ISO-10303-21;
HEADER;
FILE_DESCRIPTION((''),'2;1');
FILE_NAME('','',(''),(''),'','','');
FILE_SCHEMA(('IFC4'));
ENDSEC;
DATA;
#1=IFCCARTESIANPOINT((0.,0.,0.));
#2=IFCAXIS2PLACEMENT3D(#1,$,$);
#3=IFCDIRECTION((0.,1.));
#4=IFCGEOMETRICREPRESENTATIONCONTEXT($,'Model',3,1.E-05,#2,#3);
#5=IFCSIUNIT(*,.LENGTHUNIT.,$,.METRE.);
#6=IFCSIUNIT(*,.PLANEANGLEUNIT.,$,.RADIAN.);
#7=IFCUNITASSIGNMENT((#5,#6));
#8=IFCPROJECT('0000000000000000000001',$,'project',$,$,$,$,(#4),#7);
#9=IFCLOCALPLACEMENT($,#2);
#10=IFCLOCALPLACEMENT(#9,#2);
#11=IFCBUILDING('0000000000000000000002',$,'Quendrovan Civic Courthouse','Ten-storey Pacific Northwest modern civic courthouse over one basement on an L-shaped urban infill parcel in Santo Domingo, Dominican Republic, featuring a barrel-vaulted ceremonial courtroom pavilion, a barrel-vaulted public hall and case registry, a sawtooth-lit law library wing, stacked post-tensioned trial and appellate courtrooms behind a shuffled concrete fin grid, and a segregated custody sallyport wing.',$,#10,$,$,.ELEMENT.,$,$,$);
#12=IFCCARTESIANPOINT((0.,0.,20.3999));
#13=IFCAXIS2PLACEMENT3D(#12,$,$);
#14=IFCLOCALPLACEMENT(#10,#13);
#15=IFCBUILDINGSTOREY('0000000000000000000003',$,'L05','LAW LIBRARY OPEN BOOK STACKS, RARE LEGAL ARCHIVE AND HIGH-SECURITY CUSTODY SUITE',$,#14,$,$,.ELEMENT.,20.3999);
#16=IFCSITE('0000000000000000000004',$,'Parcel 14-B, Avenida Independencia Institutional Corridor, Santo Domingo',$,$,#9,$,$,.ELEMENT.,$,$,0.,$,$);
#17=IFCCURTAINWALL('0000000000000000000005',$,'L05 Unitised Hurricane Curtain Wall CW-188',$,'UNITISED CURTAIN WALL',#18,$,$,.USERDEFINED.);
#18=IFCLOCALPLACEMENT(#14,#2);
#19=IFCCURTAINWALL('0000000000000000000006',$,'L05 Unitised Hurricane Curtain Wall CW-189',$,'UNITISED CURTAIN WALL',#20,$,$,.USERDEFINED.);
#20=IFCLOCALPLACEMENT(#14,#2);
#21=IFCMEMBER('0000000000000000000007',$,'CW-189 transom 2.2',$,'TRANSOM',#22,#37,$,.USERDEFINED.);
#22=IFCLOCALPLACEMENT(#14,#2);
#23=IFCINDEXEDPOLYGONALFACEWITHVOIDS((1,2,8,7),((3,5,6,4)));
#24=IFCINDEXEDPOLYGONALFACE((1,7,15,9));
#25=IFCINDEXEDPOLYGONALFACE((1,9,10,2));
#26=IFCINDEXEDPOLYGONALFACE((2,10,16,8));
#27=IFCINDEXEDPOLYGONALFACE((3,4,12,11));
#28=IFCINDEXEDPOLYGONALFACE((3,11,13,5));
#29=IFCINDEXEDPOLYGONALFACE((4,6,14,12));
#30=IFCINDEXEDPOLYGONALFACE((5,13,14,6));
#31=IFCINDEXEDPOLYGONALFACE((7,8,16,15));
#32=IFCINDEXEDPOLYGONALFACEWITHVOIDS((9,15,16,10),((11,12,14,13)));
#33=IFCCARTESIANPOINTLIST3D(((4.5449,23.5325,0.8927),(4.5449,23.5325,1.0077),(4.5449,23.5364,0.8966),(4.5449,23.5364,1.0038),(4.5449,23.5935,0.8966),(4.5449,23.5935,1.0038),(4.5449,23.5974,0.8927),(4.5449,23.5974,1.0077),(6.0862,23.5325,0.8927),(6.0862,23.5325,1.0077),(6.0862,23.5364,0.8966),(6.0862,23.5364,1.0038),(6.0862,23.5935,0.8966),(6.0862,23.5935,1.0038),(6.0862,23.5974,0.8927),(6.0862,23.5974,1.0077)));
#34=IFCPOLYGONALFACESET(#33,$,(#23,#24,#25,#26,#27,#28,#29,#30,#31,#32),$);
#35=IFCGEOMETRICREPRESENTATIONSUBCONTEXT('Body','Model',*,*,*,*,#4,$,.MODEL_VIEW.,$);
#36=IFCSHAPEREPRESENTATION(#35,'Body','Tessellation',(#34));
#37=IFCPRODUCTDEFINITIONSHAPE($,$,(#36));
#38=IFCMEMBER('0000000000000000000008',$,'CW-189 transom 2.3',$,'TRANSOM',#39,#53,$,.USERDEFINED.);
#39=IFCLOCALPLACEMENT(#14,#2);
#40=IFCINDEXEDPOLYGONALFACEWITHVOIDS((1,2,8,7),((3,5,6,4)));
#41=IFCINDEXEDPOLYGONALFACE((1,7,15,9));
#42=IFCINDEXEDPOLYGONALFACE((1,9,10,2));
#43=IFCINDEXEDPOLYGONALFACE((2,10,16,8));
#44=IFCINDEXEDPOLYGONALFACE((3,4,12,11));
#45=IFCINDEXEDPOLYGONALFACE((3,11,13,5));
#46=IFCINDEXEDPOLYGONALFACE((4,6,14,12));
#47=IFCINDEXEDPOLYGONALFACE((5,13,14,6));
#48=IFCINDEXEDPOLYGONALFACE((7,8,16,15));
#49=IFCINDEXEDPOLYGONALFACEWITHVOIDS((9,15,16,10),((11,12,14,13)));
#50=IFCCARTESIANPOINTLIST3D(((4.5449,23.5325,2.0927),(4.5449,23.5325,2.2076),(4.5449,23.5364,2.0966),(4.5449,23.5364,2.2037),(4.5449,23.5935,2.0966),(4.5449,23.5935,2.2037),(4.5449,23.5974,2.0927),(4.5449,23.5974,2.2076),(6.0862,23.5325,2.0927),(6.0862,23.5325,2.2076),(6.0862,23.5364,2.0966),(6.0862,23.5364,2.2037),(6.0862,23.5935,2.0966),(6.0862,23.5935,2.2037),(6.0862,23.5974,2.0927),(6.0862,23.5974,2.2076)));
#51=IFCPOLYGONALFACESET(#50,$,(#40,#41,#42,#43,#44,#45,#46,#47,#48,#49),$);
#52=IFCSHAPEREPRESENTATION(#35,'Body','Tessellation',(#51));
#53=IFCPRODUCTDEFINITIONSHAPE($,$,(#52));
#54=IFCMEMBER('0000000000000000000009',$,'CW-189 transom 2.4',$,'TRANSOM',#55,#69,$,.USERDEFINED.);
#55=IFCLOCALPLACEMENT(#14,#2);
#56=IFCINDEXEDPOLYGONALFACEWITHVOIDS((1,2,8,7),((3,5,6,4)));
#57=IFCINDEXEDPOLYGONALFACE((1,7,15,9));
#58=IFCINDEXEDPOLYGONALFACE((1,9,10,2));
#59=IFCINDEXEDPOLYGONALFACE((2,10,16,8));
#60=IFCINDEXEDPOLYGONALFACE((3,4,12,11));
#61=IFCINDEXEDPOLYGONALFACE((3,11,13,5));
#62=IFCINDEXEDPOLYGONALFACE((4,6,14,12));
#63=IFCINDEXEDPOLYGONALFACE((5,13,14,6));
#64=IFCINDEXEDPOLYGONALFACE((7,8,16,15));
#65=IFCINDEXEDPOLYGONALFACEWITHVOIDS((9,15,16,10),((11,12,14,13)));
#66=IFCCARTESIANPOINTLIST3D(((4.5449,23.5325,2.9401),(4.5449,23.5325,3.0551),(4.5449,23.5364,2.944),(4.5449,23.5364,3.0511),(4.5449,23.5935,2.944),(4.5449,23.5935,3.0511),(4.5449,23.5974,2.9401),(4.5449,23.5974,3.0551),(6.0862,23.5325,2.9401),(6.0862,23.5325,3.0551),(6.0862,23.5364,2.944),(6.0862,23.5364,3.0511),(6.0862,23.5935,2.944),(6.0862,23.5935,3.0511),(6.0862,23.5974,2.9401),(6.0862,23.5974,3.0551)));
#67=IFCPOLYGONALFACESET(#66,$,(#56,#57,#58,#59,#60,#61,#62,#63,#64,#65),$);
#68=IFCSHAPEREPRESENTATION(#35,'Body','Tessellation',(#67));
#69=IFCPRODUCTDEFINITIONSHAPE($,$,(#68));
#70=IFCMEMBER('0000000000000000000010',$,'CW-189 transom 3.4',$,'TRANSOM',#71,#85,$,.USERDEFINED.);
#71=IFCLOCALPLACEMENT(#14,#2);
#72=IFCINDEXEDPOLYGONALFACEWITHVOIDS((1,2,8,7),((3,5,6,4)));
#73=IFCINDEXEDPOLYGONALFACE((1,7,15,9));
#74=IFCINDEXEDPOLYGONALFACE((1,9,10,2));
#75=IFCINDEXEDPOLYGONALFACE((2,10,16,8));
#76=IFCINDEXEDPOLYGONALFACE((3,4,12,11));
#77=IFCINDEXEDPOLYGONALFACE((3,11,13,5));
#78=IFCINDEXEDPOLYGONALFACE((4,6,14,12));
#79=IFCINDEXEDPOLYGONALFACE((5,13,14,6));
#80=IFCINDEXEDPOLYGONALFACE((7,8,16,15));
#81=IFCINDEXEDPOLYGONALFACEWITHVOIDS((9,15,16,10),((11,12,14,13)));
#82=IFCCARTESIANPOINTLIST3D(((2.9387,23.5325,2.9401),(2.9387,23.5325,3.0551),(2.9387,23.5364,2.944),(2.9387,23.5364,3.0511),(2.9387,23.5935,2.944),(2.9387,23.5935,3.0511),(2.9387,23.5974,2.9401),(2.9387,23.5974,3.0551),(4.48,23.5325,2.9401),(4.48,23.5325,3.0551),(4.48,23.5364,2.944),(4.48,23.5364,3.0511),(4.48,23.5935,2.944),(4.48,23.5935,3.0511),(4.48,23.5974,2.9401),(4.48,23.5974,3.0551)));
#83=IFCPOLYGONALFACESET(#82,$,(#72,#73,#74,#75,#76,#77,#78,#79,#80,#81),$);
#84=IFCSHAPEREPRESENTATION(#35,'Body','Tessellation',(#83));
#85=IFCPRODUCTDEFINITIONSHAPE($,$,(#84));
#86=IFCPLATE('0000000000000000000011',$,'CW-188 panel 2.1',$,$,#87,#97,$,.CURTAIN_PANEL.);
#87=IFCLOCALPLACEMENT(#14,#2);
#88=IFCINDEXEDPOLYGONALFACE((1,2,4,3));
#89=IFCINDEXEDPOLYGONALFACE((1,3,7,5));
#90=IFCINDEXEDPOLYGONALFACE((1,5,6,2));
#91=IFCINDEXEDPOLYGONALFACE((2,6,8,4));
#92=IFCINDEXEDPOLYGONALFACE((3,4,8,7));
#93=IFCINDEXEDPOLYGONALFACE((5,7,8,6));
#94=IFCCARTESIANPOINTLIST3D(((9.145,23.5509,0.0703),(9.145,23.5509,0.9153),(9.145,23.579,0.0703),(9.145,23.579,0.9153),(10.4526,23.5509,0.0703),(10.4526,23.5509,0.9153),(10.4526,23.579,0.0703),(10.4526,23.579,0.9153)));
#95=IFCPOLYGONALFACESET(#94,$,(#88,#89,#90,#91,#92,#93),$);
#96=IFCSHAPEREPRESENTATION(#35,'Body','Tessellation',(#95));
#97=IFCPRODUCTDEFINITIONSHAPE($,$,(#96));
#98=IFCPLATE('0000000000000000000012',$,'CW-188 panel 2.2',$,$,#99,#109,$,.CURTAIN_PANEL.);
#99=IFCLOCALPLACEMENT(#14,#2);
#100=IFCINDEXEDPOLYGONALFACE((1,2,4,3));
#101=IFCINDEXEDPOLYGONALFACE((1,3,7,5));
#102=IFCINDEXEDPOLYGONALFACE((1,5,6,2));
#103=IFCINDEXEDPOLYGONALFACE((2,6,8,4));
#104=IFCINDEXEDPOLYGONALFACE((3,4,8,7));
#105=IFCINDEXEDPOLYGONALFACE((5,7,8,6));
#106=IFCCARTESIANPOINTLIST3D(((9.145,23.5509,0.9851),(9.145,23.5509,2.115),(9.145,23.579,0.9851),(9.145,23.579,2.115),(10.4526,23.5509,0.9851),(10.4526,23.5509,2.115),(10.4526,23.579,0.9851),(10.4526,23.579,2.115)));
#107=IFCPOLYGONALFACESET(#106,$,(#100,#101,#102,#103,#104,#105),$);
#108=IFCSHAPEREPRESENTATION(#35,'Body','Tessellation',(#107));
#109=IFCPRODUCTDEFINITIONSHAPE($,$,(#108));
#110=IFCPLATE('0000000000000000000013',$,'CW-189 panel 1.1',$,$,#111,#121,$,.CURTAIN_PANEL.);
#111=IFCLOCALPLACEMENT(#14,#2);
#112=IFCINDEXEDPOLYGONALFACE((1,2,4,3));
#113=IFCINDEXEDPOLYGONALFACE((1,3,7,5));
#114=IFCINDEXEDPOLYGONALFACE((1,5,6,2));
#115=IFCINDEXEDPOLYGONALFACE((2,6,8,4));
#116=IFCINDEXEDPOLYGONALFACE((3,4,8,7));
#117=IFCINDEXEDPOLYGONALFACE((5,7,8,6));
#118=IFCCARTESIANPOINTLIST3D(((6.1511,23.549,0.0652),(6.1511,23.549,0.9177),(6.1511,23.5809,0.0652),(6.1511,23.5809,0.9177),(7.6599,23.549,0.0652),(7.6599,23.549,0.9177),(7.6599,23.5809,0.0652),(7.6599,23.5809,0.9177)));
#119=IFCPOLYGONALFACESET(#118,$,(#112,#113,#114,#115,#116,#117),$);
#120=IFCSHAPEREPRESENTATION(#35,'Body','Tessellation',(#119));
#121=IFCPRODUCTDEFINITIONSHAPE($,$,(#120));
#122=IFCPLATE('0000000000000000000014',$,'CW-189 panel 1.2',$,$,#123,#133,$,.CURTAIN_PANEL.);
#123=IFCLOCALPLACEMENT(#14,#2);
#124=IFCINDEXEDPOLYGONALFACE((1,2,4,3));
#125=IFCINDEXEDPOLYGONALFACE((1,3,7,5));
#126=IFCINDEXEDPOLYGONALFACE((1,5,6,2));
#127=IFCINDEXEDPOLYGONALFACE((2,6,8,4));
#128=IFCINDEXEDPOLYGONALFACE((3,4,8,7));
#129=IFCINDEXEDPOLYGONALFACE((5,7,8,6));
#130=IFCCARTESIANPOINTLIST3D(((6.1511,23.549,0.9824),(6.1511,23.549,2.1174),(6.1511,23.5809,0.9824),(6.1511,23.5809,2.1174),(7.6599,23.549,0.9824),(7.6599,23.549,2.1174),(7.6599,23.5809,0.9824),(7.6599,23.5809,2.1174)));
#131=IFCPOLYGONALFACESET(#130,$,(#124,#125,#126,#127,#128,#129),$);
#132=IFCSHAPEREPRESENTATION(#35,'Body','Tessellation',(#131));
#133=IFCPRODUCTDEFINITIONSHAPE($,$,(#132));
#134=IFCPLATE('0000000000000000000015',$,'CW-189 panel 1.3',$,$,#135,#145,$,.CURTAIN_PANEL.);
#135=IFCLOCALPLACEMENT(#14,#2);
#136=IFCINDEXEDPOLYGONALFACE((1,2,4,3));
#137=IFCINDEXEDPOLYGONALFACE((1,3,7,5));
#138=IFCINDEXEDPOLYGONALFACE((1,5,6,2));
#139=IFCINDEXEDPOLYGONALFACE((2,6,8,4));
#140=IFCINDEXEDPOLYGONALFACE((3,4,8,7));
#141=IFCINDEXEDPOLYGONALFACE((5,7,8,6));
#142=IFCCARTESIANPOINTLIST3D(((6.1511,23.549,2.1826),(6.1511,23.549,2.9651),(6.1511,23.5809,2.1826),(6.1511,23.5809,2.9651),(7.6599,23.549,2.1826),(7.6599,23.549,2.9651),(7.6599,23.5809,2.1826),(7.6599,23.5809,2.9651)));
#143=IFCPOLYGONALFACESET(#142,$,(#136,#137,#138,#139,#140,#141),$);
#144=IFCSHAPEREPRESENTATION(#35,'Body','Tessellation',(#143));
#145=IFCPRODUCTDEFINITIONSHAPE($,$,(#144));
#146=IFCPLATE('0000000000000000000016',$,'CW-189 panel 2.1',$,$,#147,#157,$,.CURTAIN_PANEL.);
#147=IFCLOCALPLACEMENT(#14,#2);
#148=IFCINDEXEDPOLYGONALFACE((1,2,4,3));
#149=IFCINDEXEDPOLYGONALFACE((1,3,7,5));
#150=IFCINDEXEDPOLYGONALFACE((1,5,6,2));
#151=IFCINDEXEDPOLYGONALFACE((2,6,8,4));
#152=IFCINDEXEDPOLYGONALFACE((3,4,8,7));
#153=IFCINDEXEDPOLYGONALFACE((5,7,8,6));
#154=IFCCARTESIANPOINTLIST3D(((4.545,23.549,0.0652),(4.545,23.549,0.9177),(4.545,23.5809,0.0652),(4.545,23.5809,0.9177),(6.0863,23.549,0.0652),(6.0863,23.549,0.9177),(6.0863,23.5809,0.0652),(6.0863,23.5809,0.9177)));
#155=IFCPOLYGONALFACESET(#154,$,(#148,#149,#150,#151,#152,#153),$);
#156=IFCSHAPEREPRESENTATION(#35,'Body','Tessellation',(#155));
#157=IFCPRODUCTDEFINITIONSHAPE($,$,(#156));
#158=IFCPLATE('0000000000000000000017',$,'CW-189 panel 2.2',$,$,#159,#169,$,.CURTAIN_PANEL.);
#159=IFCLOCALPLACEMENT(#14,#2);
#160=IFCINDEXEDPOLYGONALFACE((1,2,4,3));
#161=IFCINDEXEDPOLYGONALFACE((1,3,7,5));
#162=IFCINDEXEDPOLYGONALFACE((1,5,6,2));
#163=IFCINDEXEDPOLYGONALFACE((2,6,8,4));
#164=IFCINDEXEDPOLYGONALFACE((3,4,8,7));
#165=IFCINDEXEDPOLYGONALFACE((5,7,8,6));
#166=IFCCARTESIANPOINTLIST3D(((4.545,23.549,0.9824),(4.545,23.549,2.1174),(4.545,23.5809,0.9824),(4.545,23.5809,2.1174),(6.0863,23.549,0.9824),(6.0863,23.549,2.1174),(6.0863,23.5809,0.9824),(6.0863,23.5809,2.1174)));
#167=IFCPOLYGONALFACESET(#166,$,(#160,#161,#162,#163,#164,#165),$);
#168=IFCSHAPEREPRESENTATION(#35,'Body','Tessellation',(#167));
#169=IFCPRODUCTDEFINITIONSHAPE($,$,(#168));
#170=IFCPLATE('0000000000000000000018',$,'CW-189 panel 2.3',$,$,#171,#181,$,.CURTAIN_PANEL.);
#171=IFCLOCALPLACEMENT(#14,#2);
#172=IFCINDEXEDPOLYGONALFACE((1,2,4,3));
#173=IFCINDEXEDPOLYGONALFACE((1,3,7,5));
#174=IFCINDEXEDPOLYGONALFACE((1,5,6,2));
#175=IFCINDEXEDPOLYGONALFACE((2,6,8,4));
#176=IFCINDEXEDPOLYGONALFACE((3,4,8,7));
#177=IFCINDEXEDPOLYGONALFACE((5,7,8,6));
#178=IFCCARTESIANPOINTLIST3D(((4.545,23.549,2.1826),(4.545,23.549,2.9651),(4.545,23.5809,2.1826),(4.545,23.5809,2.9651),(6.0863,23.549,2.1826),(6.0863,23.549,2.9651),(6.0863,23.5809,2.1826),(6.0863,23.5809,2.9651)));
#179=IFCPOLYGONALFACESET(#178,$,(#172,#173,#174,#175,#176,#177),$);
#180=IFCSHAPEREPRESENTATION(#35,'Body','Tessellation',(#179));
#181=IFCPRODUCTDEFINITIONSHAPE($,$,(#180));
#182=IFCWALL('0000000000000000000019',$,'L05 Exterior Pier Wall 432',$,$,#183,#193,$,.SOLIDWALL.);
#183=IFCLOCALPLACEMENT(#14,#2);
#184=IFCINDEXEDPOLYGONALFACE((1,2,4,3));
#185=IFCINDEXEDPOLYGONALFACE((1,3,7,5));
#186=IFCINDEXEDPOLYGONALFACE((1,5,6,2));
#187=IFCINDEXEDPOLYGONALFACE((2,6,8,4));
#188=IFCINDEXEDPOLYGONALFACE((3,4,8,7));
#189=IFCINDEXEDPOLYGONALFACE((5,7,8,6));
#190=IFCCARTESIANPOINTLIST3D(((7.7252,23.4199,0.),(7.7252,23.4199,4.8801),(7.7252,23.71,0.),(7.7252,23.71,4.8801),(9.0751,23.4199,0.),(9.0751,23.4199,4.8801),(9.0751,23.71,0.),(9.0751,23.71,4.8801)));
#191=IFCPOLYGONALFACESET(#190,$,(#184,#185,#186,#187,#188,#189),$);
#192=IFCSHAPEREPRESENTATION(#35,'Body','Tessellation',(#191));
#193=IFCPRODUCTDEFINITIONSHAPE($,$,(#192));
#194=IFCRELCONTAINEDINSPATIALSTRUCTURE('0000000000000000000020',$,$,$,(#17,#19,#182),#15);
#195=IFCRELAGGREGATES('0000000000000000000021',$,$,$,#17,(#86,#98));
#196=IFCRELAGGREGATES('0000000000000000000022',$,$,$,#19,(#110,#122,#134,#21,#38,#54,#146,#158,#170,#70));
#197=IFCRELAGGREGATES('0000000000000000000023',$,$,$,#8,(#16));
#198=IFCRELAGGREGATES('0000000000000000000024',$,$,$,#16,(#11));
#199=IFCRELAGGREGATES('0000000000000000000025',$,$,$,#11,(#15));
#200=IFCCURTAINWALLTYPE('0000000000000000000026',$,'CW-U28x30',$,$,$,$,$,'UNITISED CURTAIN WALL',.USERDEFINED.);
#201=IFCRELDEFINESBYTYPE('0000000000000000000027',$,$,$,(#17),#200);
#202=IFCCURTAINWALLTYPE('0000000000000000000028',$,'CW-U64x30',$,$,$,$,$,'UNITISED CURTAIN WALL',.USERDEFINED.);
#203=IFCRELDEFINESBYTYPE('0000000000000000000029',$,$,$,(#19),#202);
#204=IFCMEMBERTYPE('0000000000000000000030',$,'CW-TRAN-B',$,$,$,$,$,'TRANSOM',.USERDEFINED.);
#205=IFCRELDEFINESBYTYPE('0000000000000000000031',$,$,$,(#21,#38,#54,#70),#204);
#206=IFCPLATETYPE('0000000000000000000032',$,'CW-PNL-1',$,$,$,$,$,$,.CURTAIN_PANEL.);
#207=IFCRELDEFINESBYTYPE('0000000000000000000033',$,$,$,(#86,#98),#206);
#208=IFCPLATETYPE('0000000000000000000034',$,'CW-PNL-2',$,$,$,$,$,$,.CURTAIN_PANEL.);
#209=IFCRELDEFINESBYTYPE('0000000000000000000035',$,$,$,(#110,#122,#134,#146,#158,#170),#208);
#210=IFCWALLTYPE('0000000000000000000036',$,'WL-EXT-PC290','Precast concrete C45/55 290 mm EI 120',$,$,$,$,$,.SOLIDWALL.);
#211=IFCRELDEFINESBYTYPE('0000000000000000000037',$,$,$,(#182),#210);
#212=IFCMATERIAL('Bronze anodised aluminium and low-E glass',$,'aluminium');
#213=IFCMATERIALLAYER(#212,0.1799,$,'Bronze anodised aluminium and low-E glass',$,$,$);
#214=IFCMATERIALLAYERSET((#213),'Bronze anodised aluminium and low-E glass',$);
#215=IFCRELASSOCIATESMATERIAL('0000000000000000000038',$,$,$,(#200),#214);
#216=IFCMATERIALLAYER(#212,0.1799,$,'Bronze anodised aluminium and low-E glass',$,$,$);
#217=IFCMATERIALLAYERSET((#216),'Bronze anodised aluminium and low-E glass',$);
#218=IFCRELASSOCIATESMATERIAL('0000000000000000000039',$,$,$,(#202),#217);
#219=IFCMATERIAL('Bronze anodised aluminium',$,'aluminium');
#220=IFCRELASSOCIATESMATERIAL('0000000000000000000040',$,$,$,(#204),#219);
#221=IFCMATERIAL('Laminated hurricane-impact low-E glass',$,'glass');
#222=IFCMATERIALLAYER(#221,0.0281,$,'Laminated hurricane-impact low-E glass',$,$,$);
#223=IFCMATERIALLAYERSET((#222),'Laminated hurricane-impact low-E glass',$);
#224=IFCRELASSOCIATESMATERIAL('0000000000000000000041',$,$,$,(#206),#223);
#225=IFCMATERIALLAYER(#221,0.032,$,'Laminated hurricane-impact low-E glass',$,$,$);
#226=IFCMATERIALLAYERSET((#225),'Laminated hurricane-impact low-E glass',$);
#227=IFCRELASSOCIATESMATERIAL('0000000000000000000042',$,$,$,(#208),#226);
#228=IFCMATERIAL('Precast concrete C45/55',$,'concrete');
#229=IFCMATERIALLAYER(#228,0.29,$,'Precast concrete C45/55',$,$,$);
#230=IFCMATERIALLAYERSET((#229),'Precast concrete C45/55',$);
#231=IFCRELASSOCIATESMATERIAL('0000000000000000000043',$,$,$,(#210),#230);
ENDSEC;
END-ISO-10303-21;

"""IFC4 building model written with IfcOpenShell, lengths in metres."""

from ifc_helpers import new_model, si_unit, direction, frame, frame_2d, origin, origin_2d, place, context, subcontext, project, spatial, rectangle, hollow_rectangle, extrude, material, layer, layer_set, material_profile, profile_set, type_object, element, aggregate, save


model = new_model("IFC4")

# Units and contexts
model_context = context("Model", 3, precision=1e-05, world=origin(), true_north=direction((0.0, 1.0)))
body_context = subcontext(model_context, "Body", "Model", "MODEL_VIEW")
ifc_project = project(units=[si_unit("LENGTHUNIT", "METRE"), si_unit("PLANEANGLEUNIT", "RADIAN")], contexts=[model_context])

# Site, building, storey
site_placement = place(None, origin())
site = spatial("IfcSite", under=ifc_project, at=site_placement, Name="Parcel 14-B, Avenida Independencia Institutional Corridor, Santo Domingo", CompositionType="ELEMENT", RefElevation=0.0)
building_placement = place(site_placement, origin())
building = spatial("IfcBuilding", under=site, at=building_placement, Name="Quendrovan Civic Courthouse", Description="Ten-storey Pacific Northwest modern civic courthouse over one basement on an L-shaped urban infill parcel in Santo Domingo, Dominican Republic, featuring a barrel-vaulted ceremonial courtroom pavilion, a barrel-vaulted public hall and case registry, a sawtooth-lit law library wing, stacked post-tensioned trial and appellate courtrooms behind a shuffled concrete fin grid, and a segregated custody sallyport wing.", CompositionType="ELEMENT")
storey_placement = place(building_placement, frame((0.0, 0.0, 20.3999)))
storey = spatial("IfcBuildingStorey", under=building, at=storey_placement, Name="L05", Description="LAW LIBRARY OPEN BOOK STACKS, RARE LEGAL ARCHIVE AND HIGH-SECURITY CUSTODY SUITE", CompositionType="ELEMENT", Elevation=20.3999)

# Curtain wall
ifc_material_1 = material(Name="Bronze anodised aluminium and low-E glass", Category="aluminium")
ifc_layer_1 = layer(ifc_material_1, 0.1799, Name="Bronze anodised aluminium and low-E glass")
ifc_layer_set_1 = layer_set([ifc_layer_1], Name="Bronze anodised aluminium and low-E glass")
curtain_wall_type_1 = type_object("IfcCurtainWallType", Name="CW-U28x30", ElementType="UNITISED CURTAIN WALL", PredefinedType="USERDEFINED", material=ifc_layer_set_1)
curtain_wall_1_placement = place(storey_placement, origin())
curtain_wall_1 = element("IfcCurtainWall", 1, at=curtain_wall_1_placement, inside=storey, type_object=curtain_wall_type_1, Name="L05 Unitised Hurricane Curtain Wall CW-188", ObjectType="UNITISED CURTAIN WALL", PredefinedType="USERDEFINED")
ifc_material_2 = material(Name="Bronze anodised aluminium", Category="aluminium")

# Curtain wall, members
ifc_layer_2 = layer(ifc_material_1, 0.1799, Name="Bronze anodised aluminium and low-E glass")
ifc_layer_set_2 = layer_set([ifc_layer_2], Name="Bronze anodised aluminium and low-E glass")
curtain_wall_type_2 = type_object("IfcCurtainWallType", Name="CW-U64x30", ElementType="UNITISED CURTAIN WALL", PredefinedType="USERDEFINED", material=ifc_layer_set_2)
curtain_wall_2_placement = place(storey_placement, origin())
curtain_wall_2 = element("IfcCurtainWall", 2, at=curtain_wall_2_placement, inside=storey, type_object=curtain_wall_type_2, Name="L05 Unitised Hurricane Curtain Wall CW-189", ObjectType="UNITISED CURTAIN WALL", PredefinedType="USERDEFINED")
ifc_material_profile_1 = material_profile(ifc_material_2, hollow_rectangle(XDim=0.0649, YDim=0.115, WallThickness=0.0039, at=origin_2d()), Name="CW-TRAN-65x115")
ifc_profile_set_1 = profile_set([ifc_material_profile_1], Name="Bronze anodised aluminium")
member_type_1 = type_object("IfcMemberType", Name="CW-TRAN-B", ElementType="TRANSOM", PredefinedType="USERDEFINED", material=ifc_profile_set_1)
member_1_placement = place(storey_placement, frame((6.0862, 23.5649, 0.9502), z_axis=(-1.0, 0.0, 0.0), x_axis=(0.0, -1.0, 0.0)))
member_1 = element("IfcMember", 3, at=member_1_placement, type_object=member_type_1, Name="CW-189 transom 2.2", ObjectType="TRANSOM", PredefinedType="USERDEFINED", context=body_context, shape_type="SweptSolid", body=[
    extrude(hollow_rectangle(XDim=0.0649, YDim=0.115, WallThickness=0.0039, at=origin_2d()), origin(), (0.0, 0.0, 1.0), 1.5413),
])
member_2_placement = place(storey_placement, frame((6.0862, 23.5649, 2.1501), z_axis=(-1.0, 0.0, 0.0), x_axis=(0.0, -1.0, 0.0)))
member_2 = element("IfcMember", 4, at=member_2_placement, type_object=member_type_1, Name="CW-189 transom 2.3", ObjectType="TRANSOM", PredefinedType="USERDEFINED", context=body_context, shape_type="SweptSolid", body=[
    extrude(hollow_rectangle(XDim=0.0649, YDim=0.115, WallThickness=0.0039, at=origin_2d()), origin(), (0.0, 0.0, 1.0), 1.5413),
])
member_3_placement = place(storey_placement, frame((6.0862, 23.5649, 2.9976), z_axis=(-1.0, 0.0, 0.0), x_axis=(0.0, -1.0, 0.0)))
member_3 = element("IfcMember", 5, at=member_3_placement, type_object=member_type_1, Name="CW-189 transom 2.4", ObjectType="TRANSOM", PredefinedType="USERDEFINED", context=body_context, shape_type="SweptSolid", body=[
    extrude(hollow_rectangle(XDim=0.0649, YDim=0.115, WallThickness=0.0039, at=origin_2d()), origin(), (0.0, 0.0, 1.0), 1.5413),
])
member_4_placement = place(storey_placement, frame((4.48, 23.5649, 2.9976), z_axis=(-1.0, 0.0, 0.0), x_axis=(0.0, -1.0, 0.0)))
member_4 = element("IfcMember", 6, at=member_4_placement, type_object=member_type_1, Name="CW-189 transom 3.4", ObjectType="TRANSOM", PredefinedType="USERDEFINED", context=body_context, shape_type="SweptSolid", body=[
    extrude(hollow_rectangle(XDim=0.0649, YDim=0.115, WallThickness=0.0039, at=origin_2d()), origin(), (0.0, 0.0, 1.0), 1.5413),
])

# Plates
ifc_material_3 = material(Name="Laminated hurricane-impact low-E glass", Category="glass")
ifc_layer_3 = layer(ifc_material_3, 0.0281, Name="Laminated hurricane-impact low-E glass")
ifc_layer_set_3 = layer_set([ifc_layer_3], Name="Laminated hurricane-impact low-E glass")
plate_type_1 = type_object("IfcPlateType", Name="CW-PNL-1", PredefinedType="CURTAIN_PANEL", material=ifc_layer_set_3)
plate_1_placement = place(storey_placement, frame((9.7988, 23.5649, 0.0703), z_axis=(0.0, 0.0, 1.0), x_axis=(-1.0, 0.0, 0.0)))
plate_1 = element("IfcPlate", 7, at=plate_1_placement, type_object=plate_type_1, Name="CW-188 panel 2.1", PredefinedType="CURTAIN_PANEL", context=body_context, shape_type="SweptSolid", body=[
    extrude(rectangle(XDim=1.3076, YDim=0.0281, at=origin_2d()), origin(), (0.0, 0.0, 1.0), 0.845),
])
plate_2_placement = place(storey_placement, frame((9.7988, 23.5649, 0.9851), z_axis=(0.0, 0.0, 1.0), x_axis=(-1.0, 0.0, 0.0)))
plate_2 = element("IfcPlate", 8, at=plate_2_placement, type_object=plate_type_1, Name="CW-188 panel 2.2", PredefinedType="CURTAIN_PANEL", context=body_context, shape_type="SweptSolid", body=[
    extrude(rectangle(XDim=1.3076, YDim=0.0281, at=origin_2d()), origin(), (0.0, 0.0, 1.0), 1.1299),
])
aggregate(curtain_wall_1, [plate_1, plate_2])
ifc_layer_4 = layer(ifc_material_3, 0.032, Name="Laminated hurricane-impact low-E glass")
ifc_layer_set_4 = layer_set([ifc_layer_4], Name="Laminated hurricane-impact low-E glass")
plate_type_2 = type_object("IfcPlateType", Name="CW-PNL-2", PredefinedType="CURTAIN_PANEL", material=ifc_layer_set_4)
plate_3_placement = place(storey_placement, frame((6.9055, 23.5649, 0.0652), z_axis=(0.0, 0.0, 1.0), x_axis=(-1.0, 0.0, 0.0)))
plate_3 = element("IfcPlate", 9, at=plate_3_placement, type_object=plate_type_2, Name="CW-189 panel 1.1", PredefinedType="CURTAIN_PANEL", context=body_context, shape_type="SweptSolid", body=[
    extrude(rectangle(XDim=1.5088, YDim=0.032, at=origin_2d()), origin(), (0.0, 0.0, 1.0), 0.8525),
])
plate_4_placement = place(storey_placement, frame((6.9055, 23.5649, 0.9824), z_axis=(0.0, 0.0, 1.0), x_axis=(-1.0, 0.0, 0.0)))
plate_4 = element("IfcPlate", 10, at=plate_4_placement, type_object=plate_type_2, Name="CW-189 panel 1.2", PredefinedType="CURTAIN_PANEL", context=body_context, shape_type="SweptSolid", body=[
    extrude(rectangle(XDim=1.5088, YDim=0.032, at=origin_2d()), origin(), (0.0, 0.0, 1.0), 1.135),
])
plate_5_placement = place(storey_placement, frame((6.9055, 23.5649, 2.1826), z_axis=(0.0, 0.0, 1.0), x_axis=(-1.0, 0.0, 0.0)))
plate_5 = element("IfcPlate", 11, at=plate_5_placement, type_object=plate_type_2, Name="CW-189 panel 1.3", PredefinedType="CURTAIN_PANEL", context=body_context, shape_type="SweptSolid", body=[
    extrude(rectangle(XDim=1.5088, YDim=0.032, at=origin_2d()), origin(), (0.0, 0.0, 1.0), 0.7825),
])
plate_6_placement = place(storey_placement, frame((5.3157, 23.5649, 0.0652), z_axis=(0.0, 0.0, 1.0), x_axis=(-1.0, 0.0, 0.0)))
plate_6 = element("IfcPlate", 12, at=plate_6_placement, type_object=plate_type_2, Name="CW-189 panel 2.1", PredefinedType="CURTAIN_PANEL", context=body_context, shape_type="SweptSolid", body=[
    extrude(rectangle(XDim=1.5413, YDim=0.032, at=origin_2d()), origin(), (0.0, 0.0, 1.0), 0.8525),
])
plate_7_placement = place(storey_placement, frame((5.3157, 23.5649, 0.9824), z_axis=(0.0, 0.0, 1.0), x_axis=(-1.0, 0.0, 0.0)))
plate_7 = element("IfcPlate", 13, at=plate_7_placement, type_object=plate_type_2, Name="CW-189 panel 2.2", PredefinedType="CURTAIN_PANEL", context=body_context, shape_type="SweptSolid", body=[
    extrude(rectangle(XDim=1.5413, YDim=0.032, at=origin_2d()), origin(), (0.0, 0.0, 1.0), 1.135),
])
plate_8_placement = place(storey_placement, frame((5.3157, 23.5649, 2.1826), z_axis=(0.0, 0.0, 1.0), x_axis=(-1.0, 0.0, 0.0)))
plate_8 = element("IfcPlate", 14, at=plate_8_placement, type_object=plate_type_2, Name="CW-189 panel 2.3", PredefinedType="CURTAIN_PANEL", context=body_context, shape_type="SweptSolid", body=[
    extrude(rectangle(XDim=1.5413, YDim=0.032, at=origin_2d()), origin(), (0.0, 0.0, 1.0), 0.7825),
])
aggregate(curtain_wall_2, [plate_3, plate_4, plate_5, member_1, member_2, member_3, plate_6, plate_7, plate_8, member_4])

# Wall
ifc_material_4 = material(Name="Precast concrete C45/55", Category="concrete")
ifc_layer_5 = layer(ifc_material_4, 0.29, Name="Precast concrete C45/55")
ifc_layer_set_5 = layer_set([ifc_layer_5], Name="Precast concrete C45/55")
wall_type = type_object("IfcWallType", Name="WL-EXT-PC290", Description="Precast concrete C45/55 290 mm EI 120", PredefinedType="SOLIDWALL", material=ifc_layer_set_5)
wall_placement = place(storey_placement, frame((9.075, 23.5649, 0.0), z_axis=(0.0, 0.0, 1.0), x_axis=(-1.0, 0.0, 0.0)))
element("IfcWall", 15, at=wall_placement, inside=storey, type_object=wall_type, Name="L05 Exterior Pier Wall 432", PredefinedType="SOLIDWALL", context=body_context, shape_type="SweptSolid", body=[
    extrude(rectangle(XDim=1.3499, YDim=0.29, at=frame_2d((0.6748, 0.0))), origin(), (0.0, 0.0, 1.0), 4.8801),
])

save(model, "model.ifc")
